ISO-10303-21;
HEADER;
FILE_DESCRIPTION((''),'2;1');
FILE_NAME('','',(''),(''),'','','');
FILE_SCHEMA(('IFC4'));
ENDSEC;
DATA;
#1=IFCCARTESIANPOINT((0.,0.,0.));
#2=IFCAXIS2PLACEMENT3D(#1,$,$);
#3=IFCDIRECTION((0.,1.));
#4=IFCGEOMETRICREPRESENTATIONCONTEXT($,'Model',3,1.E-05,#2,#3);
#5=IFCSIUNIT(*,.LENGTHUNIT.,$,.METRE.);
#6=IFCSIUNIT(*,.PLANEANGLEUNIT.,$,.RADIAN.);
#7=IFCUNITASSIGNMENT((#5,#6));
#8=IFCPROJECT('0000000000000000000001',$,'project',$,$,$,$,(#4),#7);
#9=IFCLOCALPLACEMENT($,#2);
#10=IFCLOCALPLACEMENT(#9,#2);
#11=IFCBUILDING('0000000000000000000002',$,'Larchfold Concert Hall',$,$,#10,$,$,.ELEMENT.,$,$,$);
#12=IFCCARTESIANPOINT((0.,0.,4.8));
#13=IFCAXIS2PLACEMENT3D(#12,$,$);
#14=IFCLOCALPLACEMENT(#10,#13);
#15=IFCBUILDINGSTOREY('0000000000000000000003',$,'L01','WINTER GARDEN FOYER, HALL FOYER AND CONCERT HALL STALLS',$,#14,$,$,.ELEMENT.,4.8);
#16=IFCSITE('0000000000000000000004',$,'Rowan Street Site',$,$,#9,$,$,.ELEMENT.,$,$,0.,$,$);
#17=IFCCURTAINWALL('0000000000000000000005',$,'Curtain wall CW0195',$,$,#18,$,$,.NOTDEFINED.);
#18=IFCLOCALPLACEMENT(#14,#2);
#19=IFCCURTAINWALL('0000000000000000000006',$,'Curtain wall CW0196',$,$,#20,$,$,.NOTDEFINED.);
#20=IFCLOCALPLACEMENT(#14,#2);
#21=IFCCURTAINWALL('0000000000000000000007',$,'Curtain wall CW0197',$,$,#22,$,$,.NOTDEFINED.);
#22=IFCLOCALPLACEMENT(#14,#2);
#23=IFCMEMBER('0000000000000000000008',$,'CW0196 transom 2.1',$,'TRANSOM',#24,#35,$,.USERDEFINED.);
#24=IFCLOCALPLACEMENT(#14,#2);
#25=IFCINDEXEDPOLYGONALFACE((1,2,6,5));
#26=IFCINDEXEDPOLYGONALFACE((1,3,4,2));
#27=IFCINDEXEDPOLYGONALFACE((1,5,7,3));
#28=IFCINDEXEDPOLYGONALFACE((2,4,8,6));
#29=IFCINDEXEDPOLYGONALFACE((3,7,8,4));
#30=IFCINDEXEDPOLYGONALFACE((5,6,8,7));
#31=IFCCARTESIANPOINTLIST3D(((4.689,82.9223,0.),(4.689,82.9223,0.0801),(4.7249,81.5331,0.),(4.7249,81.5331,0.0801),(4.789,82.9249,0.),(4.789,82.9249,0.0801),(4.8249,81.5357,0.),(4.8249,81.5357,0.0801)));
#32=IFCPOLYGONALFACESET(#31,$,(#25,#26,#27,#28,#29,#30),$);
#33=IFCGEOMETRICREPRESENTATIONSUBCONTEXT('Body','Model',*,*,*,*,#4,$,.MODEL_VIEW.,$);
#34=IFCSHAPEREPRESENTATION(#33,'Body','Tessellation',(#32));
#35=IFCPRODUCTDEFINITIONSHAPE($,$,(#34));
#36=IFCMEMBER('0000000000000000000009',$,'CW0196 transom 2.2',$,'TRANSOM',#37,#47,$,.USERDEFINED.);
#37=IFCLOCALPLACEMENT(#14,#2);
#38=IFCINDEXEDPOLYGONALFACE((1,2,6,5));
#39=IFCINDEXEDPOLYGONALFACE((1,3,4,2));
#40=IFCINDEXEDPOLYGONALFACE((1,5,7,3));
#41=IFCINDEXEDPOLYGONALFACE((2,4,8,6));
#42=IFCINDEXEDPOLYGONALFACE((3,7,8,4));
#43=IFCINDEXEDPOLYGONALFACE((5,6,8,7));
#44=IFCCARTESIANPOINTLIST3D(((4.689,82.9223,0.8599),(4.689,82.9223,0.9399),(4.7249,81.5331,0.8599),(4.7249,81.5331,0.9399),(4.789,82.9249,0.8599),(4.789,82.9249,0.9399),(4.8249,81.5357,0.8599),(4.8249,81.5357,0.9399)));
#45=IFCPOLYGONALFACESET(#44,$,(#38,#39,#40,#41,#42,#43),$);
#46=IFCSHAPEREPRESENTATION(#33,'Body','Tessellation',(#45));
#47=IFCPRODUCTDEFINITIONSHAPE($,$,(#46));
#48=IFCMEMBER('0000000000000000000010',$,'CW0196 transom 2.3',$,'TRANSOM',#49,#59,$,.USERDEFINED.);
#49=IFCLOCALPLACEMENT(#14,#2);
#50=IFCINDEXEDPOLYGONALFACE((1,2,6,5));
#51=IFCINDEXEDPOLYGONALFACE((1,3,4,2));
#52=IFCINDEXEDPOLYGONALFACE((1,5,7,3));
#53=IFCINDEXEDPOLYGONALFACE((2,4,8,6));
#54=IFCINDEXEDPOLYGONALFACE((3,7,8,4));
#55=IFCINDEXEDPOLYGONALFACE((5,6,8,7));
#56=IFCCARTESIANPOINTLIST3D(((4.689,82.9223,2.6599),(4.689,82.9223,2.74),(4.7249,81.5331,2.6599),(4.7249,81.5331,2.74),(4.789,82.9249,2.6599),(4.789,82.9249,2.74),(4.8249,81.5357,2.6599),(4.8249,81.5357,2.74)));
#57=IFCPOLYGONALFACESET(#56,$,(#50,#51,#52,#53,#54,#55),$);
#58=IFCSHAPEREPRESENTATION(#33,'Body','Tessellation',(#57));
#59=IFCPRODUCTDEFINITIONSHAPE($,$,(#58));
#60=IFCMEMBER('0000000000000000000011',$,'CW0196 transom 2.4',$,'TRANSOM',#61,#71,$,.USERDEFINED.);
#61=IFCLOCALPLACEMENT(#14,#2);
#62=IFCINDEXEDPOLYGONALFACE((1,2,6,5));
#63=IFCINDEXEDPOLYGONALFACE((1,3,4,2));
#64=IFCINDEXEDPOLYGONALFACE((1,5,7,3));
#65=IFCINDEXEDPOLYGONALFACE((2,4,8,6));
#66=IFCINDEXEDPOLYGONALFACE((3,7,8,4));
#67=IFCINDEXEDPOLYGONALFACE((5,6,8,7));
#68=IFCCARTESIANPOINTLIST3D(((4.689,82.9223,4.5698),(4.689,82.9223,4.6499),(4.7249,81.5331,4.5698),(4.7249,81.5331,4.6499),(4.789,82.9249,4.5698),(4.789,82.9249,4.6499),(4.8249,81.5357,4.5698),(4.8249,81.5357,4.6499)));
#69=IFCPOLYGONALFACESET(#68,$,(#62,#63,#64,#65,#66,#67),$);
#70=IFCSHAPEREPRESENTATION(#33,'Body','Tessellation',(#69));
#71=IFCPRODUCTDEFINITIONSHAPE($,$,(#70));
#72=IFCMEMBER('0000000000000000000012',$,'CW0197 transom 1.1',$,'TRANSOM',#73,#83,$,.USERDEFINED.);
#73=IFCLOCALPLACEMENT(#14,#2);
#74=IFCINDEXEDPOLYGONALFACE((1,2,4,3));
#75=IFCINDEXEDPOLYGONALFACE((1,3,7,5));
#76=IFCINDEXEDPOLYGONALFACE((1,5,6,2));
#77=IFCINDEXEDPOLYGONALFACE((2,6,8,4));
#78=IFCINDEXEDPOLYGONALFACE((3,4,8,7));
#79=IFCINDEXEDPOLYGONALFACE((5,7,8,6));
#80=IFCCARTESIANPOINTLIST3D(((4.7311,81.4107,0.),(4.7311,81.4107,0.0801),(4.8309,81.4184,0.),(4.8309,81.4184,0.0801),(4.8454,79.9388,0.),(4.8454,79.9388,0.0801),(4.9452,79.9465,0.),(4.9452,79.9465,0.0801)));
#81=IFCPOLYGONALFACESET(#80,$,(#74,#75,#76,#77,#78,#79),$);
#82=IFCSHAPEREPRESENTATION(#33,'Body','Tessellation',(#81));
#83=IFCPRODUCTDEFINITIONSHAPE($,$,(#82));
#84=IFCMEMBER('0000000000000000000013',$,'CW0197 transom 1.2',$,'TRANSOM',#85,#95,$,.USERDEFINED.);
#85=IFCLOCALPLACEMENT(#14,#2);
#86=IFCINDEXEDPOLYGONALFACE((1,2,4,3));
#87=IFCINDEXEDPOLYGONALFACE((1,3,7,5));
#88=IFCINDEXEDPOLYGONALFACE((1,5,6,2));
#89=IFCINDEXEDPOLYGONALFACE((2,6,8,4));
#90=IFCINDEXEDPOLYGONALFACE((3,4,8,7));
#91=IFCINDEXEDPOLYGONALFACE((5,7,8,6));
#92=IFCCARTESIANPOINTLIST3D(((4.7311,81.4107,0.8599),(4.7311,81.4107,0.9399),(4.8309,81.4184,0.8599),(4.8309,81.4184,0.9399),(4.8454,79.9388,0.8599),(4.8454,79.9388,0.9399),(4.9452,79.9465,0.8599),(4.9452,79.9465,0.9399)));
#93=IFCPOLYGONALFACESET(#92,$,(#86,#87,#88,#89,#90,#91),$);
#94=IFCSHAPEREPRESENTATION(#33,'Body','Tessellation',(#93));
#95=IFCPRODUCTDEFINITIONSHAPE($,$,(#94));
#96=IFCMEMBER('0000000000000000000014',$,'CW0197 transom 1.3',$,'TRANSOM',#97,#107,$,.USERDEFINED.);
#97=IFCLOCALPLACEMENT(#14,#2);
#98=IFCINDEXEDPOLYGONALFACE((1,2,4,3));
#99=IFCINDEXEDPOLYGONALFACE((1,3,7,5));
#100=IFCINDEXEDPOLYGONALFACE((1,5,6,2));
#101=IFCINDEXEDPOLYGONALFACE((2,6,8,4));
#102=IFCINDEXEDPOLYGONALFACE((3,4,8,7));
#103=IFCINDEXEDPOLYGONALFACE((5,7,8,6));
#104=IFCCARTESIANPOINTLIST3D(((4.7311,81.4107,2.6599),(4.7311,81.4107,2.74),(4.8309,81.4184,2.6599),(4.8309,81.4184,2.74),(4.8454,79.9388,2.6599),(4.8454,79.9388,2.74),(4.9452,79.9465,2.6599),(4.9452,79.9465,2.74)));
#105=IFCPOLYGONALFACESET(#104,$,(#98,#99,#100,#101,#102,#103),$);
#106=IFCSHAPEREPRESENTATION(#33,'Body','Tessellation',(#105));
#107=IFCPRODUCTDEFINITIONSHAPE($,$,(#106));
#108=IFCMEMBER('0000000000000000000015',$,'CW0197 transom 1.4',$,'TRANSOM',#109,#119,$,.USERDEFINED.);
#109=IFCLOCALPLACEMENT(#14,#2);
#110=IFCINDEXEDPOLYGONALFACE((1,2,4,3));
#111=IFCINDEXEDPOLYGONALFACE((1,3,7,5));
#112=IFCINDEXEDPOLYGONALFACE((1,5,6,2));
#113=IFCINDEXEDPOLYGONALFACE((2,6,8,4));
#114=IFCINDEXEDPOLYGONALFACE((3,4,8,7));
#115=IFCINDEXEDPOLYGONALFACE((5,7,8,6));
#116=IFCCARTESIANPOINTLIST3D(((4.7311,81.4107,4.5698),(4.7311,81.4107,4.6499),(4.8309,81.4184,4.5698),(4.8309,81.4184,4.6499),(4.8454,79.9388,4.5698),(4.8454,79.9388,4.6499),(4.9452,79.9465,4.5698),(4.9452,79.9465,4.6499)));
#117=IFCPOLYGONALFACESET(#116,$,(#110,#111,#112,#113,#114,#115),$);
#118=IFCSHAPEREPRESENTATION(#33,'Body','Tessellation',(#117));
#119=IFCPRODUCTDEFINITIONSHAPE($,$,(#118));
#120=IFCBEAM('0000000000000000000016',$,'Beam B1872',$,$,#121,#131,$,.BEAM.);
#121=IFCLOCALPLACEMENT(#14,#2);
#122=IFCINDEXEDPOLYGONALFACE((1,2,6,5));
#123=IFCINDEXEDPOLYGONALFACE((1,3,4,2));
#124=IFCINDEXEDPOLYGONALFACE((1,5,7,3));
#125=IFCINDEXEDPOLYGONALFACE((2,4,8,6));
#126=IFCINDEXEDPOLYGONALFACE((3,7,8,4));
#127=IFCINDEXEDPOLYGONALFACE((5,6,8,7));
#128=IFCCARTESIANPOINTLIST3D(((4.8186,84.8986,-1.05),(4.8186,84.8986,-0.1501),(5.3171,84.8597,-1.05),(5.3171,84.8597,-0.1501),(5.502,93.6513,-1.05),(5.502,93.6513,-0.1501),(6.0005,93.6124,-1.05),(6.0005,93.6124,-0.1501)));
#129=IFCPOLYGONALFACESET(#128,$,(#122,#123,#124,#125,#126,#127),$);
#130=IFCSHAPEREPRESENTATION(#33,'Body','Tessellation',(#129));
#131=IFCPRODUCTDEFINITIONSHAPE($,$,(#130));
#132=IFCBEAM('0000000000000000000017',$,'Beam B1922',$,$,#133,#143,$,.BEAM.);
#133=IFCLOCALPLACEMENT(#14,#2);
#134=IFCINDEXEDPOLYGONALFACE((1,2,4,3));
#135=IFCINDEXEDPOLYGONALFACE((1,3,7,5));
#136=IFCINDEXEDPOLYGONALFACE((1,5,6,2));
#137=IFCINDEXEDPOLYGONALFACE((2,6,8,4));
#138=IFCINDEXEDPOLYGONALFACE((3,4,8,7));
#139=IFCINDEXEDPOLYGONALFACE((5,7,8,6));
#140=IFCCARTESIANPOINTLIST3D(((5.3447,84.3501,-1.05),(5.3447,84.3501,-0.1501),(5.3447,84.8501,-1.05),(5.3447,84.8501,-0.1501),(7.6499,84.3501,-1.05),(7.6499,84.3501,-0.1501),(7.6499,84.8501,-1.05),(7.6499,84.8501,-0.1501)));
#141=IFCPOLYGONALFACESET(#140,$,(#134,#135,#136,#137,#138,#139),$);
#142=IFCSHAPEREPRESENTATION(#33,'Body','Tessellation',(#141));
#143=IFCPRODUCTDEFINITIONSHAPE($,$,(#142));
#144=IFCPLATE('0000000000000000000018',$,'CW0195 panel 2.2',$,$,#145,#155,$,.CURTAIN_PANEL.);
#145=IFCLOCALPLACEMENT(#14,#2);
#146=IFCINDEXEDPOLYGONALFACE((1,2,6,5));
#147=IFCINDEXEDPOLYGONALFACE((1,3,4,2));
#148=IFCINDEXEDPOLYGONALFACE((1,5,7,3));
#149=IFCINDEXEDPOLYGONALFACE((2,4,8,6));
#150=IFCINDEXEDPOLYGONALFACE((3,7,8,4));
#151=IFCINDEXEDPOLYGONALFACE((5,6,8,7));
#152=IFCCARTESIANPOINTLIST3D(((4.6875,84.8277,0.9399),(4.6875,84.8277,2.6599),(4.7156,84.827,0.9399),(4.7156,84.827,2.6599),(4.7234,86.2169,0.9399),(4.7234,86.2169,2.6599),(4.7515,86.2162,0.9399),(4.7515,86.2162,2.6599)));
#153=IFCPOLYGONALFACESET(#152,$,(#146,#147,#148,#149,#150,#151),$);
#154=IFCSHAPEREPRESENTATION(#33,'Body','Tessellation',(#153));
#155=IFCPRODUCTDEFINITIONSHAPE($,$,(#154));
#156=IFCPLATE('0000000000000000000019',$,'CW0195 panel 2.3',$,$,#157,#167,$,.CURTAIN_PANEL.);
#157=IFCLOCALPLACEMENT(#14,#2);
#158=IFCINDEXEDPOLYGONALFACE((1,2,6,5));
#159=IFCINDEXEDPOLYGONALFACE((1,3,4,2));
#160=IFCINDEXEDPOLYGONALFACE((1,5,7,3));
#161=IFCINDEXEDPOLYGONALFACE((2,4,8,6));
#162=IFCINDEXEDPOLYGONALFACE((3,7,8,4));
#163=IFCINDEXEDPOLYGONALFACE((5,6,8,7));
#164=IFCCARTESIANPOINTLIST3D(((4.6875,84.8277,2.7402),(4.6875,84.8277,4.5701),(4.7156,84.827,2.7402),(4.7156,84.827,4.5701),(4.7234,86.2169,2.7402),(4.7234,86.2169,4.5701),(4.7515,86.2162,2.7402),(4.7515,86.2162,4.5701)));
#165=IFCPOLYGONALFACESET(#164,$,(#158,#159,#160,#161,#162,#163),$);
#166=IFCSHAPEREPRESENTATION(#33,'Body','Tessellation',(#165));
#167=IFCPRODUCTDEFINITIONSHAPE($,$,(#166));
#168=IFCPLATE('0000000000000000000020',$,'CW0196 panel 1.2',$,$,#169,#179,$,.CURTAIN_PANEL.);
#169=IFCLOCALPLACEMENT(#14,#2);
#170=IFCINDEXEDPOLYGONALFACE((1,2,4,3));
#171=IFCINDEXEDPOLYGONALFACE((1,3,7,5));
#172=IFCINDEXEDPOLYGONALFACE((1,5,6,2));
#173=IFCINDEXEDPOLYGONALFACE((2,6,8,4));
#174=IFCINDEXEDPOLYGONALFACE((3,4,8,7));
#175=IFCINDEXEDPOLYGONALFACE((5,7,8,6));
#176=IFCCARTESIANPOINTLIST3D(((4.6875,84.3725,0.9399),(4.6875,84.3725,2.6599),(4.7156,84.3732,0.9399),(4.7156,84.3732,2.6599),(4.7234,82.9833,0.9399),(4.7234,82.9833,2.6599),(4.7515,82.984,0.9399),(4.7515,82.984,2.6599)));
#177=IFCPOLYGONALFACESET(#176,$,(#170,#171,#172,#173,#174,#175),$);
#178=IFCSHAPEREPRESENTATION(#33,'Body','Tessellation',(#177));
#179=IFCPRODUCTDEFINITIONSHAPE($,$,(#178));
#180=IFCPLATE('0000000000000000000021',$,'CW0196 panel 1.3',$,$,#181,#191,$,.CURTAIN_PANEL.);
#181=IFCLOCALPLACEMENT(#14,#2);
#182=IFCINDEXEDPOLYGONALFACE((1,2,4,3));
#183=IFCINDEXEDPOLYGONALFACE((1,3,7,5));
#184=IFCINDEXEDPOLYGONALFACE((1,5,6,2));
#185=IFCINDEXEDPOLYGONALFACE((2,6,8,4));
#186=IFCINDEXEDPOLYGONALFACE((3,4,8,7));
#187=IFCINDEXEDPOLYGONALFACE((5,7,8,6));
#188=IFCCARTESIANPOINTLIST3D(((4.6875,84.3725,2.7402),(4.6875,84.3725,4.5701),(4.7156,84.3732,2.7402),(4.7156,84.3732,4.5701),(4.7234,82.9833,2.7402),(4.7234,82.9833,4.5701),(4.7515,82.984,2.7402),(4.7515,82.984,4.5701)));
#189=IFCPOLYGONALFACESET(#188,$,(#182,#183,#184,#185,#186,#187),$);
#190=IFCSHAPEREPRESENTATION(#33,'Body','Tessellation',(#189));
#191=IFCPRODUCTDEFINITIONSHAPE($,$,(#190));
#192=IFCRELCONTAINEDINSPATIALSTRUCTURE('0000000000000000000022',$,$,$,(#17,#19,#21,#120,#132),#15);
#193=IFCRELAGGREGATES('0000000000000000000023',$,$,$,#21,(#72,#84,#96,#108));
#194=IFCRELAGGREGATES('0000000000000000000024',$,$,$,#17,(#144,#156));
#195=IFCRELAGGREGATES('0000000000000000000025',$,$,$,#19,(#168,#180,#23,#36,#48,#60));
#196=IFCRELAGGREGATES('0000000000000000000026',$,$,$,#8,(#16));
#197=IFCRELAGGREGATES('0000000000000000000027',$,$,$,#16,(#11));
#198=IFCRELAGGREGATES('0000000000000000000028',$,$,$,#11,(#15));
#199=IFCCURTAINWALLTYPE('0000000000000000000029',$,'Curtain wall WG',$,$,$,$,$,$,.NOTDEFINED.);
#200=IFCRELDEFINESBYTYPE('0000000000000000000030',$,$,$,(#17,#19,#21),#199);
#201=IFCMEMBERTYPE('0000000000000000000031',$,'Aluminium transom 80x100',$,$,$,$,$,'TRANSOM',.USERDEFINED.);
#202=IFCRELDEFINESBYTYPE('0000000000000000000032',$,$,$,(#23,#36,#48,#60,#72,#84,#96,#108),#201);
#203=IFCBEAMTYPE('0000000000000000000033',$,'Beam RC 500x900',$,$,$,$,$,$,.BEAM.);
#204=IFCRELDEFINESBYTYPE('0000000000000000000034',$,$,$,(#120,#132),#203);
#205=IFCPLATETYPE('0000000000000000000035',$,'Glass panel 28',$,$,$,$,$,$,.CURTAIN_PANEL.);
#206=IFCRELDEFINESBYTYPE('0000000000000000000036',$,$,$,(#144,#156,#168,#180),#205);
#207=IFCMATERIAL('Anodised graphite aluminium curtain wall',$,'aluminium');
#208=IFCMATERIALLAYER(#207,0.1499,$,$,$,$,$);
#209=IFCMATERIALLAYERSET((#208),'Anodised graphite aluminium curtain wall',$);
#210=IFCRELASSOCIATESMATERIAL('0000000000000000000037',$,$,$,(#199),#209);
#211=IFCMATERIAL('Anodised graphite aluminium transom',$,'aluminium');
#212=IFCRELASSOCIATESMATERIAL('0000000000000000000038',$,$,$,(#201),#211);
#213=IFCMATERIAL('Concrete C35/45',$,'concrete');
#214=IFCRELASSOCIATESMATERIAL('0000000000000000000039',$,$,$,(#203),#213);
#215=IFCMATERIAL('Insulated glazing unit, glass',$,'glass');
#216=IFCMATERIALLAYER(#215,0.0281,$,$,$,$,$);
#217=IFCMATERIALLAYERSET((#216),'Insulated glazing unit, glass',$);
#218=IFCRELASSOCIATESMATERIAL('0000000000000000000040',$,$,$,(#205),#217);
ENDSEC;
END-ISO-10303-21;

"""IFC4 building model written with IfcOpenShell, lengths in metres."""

from ifc_helpers import new_model, si_unit, direction, frame, origin, origin_2d, place, context, subcontext, project, spatial, rectangle, extrude, material, layer, layer_set, material_profile, profile_set, type_object, element, aggregate, save


model = new_model("IFC4")

# Units and contexts
model_context = context("Model", 3, precision=1e-05, world=origin(), true_north=direction((0.0, 1.0)))
body_context = subcontext(model_context, "Body", "Model", "MODEL_VIEW")
ifc_project = project(units=[si_unit("LENGTHUNIT", "METRE"), si_unit("PLANEANGLEUNIT", "RADIAN")], contexts=[model_context])

# Site, building, storey
site_placement = place(None, origin())
site = spatial("IfcSite", under=ifc_project, at=site_placement, Name="Rowan Street Site", CompositionType="ELEMENT", RefElevation=0.0)
building_placement = place(site_placement, origin())
building = spatial("IfcBuilding", under=site, at=building_placement, Name="Larchfold Concert Hall", CompositionType="ELEMENT")
storey_placement = place(building_placement, frame((0.0, 0.0, 4.8)))
storey = spatial("IfcBuildingStorey", under=building, at=storey_placement, Name="L01", Description="WINTER GARDEN FOYER, HALL FOYER AND CONCERT HALL STALLS", CompositionType="ELEMENT", Elevation=4.8)

# Curtain wall
ifc_material_1 = material(Name="Anodised graphite aluminium curtain wall", Category="aluminium")
ifc_layer_1 = layer(ifc_material_1, 0.1499)
ifc_layer_set_1 = layer_set([ifc_layer_1], Name="Anodised graphite aluminium curtain wall")
curtain_wall_type = type_object("IfcCurtainWallType", Name="Curtain wall WG", PredefinedType="NOTDEFINED", material=ifc_layer_set_1)
curtain_wall_1_placement = place(storey_placement, origin())
curtain_wall_1 = element("IfcCurtainWall", 1, at=curtain_wall_1_placement, inside=storey, type_object=curtain_wall_type, Name="Curtain wall CW0195", PredefinedType="NOTDEFINED")

# Curtain wall
curtain_wall_2_placement = place(storey_placement, origin())
curtain_wall_2 = element("IfcCurtainWall", 2, at=curtain_wall_2_placement, inside=storey, type_object=curtain_wall_type, Name="Curtain wall CW0196", PredefinedType="NOTDEFINED")

# Curtain wall
curtain_wall_3_placement = place(storey_placement, origin())
curtain_wall_3 = element("IfcCurtainWall", 3, at=curtain_wall_3_placement, inside=storey, type_object=curtain_wall_type, Name="Curtain wall CW0197", PredefinedType="NOTDEFINED")

# Members
ifc_material_2 = material(Name="Anodised graphite aluminium transom", Category="aluminium")
ifc_material_profile_1 = material_profile(ifc_material_2, rectangle(XDim=0.1001, YDim=0.0801, at=origin_2d()))
ifc_profile_set_1 = profile_set([ifc_material_profile_1], Name="Anodised graphite aluminium transom")
member_type_1 = type_object("IfcMemberType", Name="Aluminium transom 80x100", ElementType="TRANSOM", PredefinedType="USERDEFINED", material=ifc_profile_set_1)
member_1_placement = place(storey_placement, frame((4.739, 82.9236, 0.04), z_axis=(0.025826, -0.999666, 0.0), x_axis=(0.999666, 0.025826, 0.0)))
member_1 = element("IfcMember", 4, at=member_1_placement, type_object=member_type_1, Name="CW0196 transom 2.1", ObjectType="TRANSOM", PredefinedType="USERDEFINED", context=body_context, shape_type="SweptSolid", body=[
    extrude(rectangle(XDim=0.1001, YDim=0.0801, at=origin_2d()), origin(), (0.0, 0.0, 1.0), 1.3896),
])
member_2_placement = place(storey_placement, frame((4.739, 82.9236, 0.8999), z_axis=(0.025826, -0.999666, 0.0), x_axis=(0.999666, 0.025826, 0.0)))
member_2 = element("IfcMember", 5, at=member_2_placement, type_object=member_type_1, Name="CW0196 transom 2.2", ObjectType="TRANSOM", PredefinedType="USERDEFINED", context=body_context, shape_type="SweptSolid", body=[
    extrude(rectangle(XDim=0.1001, YDim=0.0801, at=origin_2d()), origin(), (0.0, 0.0, 1.0), 1.3896),
])
member_3_placement = place(storey_placement, frame((4.739, 82.9236, 2.7), z_axis=(0.025826, -0.999666, 0.0), x_axis=(0.999666, 0.025826, 0.0)))
member_3 = element("IfcMember", 6, at=member_3_placement, type_object=member_type_1, Name="CW0196 transom 2.3", ObjectType="TRANSOM", PredefinedType="USERDEFINED", context=body_context, shape_type="SweptSolid", body=[
    extrude(rectangle(XDim=0.1001, YDim=0.0801, at=origin_2d()), origin(), (0.0, 0.0, 1.0), 1.3896),
])
member_4_placement = place(storey_placement, frame((4.739, 82.9236, 4.6099), z_axis=(0.025826, -0.999666, 0.0), x_axis=(0.999666, 0.025826, 0.0)))
member_4 = element("IfcMember", 7, at=member_4_placement, type_object=member_type_1, Name="CW0196 transom 2.4", ObjectType="TRANSOM", PredefinedType="USERDEFINED", context=body_context, shape_type="SweptSolid", body=[
    extrude(rectangle(XDim=0.1001, YDim=0.0801, at=origin_2d()), origin(), (0.0, 0.0, 1.0), 1.3896),
])
member_5_placement = place(storey_placement, frame((4.781, 81.4146, 0.04), z_axis=(0.077392, -0.997001, 0.0), x_axis=(0.997001, 0.077392, 0.0)))
member_5 = element("IfcMember", 8, at=member_5_placement, type_object=member_type_1, Name="CW0197 transom 1.1", ObjectType="TRANSOM", PredefinedType="USERDEFINED", context=body_context, shape_type="SweptSolid", body=[
    extrude(rectangle(XDim=0.1001, YDim=0.0801, at=origin_2d()), origin(), (0.0, 0.0, 1.0), 1.4763),
])
member_6_placement = place(storey_placement, frame((4.781, 81.4146, 0.8999), z_axis=(0.077392, -0.997001, 0.0), x_axis=(0.997001, 0.077392, 0.0)))
member_6 = element("IfcMember", 9, at=member_6_placement, type_object=member_type_1, Name="CW0197 transom 1.2", ObjectType="TRANSOM", PredefinedType="USERDEFINED", context=body_context, shape_type="SweptSolid", body=[
    extrude(rectangle(XDim=0.1001, YDim=0.0801, at=origin_2d()), origin(), (0.0, 0.0, 1.0), 1.4763),
])
member_7_placement = place(storey_placement, frame((4.781, 81.4146, 2.7), z_axis=(0.077392, -0.997001, 0.0), x_axis=(0.997001, 0.077392, 0.0)))
member_7 = element("IfcMember", 10, at=member_7_placement, type_object=member_type_1, Name="CW0197 transom 1.3", ObjectType="TRANSOM", PredefinedType="USERDEFINED", context=body_context, shape_type="SweptSolid", body=[
    extrude(rectangle(XDim=0.1001, YDim=0.0801, at=origin_2d()), origin(), (0.0, 0.0, 1.0), 1.4763),
])
member_8_placement = place(storey_placement, frame((4.781, 81.4146, 4.6099), z_axis=(0.077392, -0.997001, 0.0), x_axis=(0.997001, 0.077392, 0.0)))
member_8 = element("IfcMember", 11, at=member_8_placement, type_object=member_type_1, Name="CW0197 transom 1.4", ObjectType="TRANSOM", PredefinedType="USERDEFINED", context=body_context, shape_type="SweptSolid", body=[
    extrude(rectangle(XDim=0.1001, YDim=0.0801, at=origin_2d()), origin(), (0.0, 0.0, 1.0), 1.4763),
])
aggregate(curtain_wall_3, [member_5, member_6, member_7, member_8])

# Beams
ifc_material_3 = material(Name="Concrete C35/45", Category="concrete")
ifc_material_profile_2 = material_profile(ifc_material_3, rectangle(XDim=0.5, YDim=0.8999, at=origin_2d()))
ifc_profile_set_2 = profile_set([ifc_material_profile_2], Name="Concrete C35/45")
beam_type = type_object("IfcBeamType", Name="Beam RC 500x900", PredefinedType="BEAM", material=ifc_profile_set_2)
beam_1_placement = place(storey_placement, frame((5.0679, 84.8792, -0.6001), z_axis=(0.077836, 0.996966, 0.0), x_axis=(-0.996966, 0.077836, 0.0)))
element("IfcBeam", 12, at=beam_1_placement, inside=storey, type_object=beam_type, Name="Beam B1872", PredefinedType="BEAM", context=body_context, shape_type="SweptSolid", body=[
    extrude(rectangle(XDim=0.5, YDim=0.8999, at=origin_2d()), origin(), (0.0, 0.0, 1.0), 8.7793),
])
beam_2_placement = place(storey_placement, frame((5.3447, 84.6001, -0.6001), z_axis=(1.0, 0.0, 0.0), x_axis=(0.0, 1.0, 0.0)))
element("IfcBeam", 13, at=beam_2_placement, inside=storey, type_object=beam_type, Name="Beam B1922", PredefinedType="BEAM", context=body_context, shape_type="SweptSolid", body=[
    extrude(rectangle(XDim=0.5, YDim=0.8999, at=origin_2d()), origin(), (0.0, 0.0, 1.0), 2.3052),
])

# Plates
ifc_material_4 = material(Name="Insulated glazing unit, glass", Category="glass")
ifc_layer_2 = layer(ifc_material_4, 0.0281)
ifc_layer_set_2 = layer_set([ifc_layer_2], Name="Insulated glazing unit, glass")
plate_type_1 = type_object("IfcPlateType", Name="Glass panel 28", PredefinedType="CURTAIN_PANEL", material=ifc_layer_set_2)
plate_1_placement = place(storey_placement, frame((4.7195, 85.522, 0.9399), z_axis=(0.0, 0.0, 1.0), x_axis=(-0.025821, -0.999667, 0.0)))
plate_1 = element("IfcPlate", 14, at=plate_1_placement, type_object=plate_type_1, Name="CW0195 panel 2.2", PredefinedType="CURTAIN_PANEL", context=body_context, shape_type="SweptSolid", body=[
    extrude(rectangle(XDim=1.3896, YDim=0.0281, at=origin_2d()), origin(), (0.0, 0.0, 1.0), 1.72),
])
plate_2_placement = place(storey_placement, frame((4.7195, 85.522, 2.7402), z_axis=(0.0, 0.0, 1.0), x_axis=(-0.025821, -0.999667, 0.0)))
plate_2 = element("IfcPlate", 15, at=plate_2_placement, type_object=plate_type_1, Name="CW0195 panel 2.3", PredefinedType="CURTAIN_PANEL", context=body_context, shape_type="SweptSolid", body=[
    extrude(rectangle(XDim=1.3896, YDim=0.0281, at=origin_2d()), origin(), (0.0, 0.0, 1.0), 1.8298),
])
plate_3_placement = place(storey_placement, frame((4.7195, 83.6782, 0.9399), z_axis=(0.0, 0.0, 1.0), x_axis=(0.025821, -0.999667, 0.0)))
plate_3 = element("IfcPlate", 16, at=plate_3_placement, type_object=plate_type_1, Name="CW0196 panel 1.2", PredefinedType="CURTAIN_PANEL", context=body_context, shape_type="SweptSolid", body=[
    extrude(rectangle(XDim=1.3896, YDim=0.0281, at=origin_2d()), origin(), (0.0, 0.0, 1.0), 1.72),
])
plate_4_placement = place(storey_placement, frame((4.7195, 83.6782, 2.7402), z_axis=(0.0, 0.0, 1.0), x_axis=(0.025821, -0.999667, 0.0)))
plate_4 = element("IfcPlate", 17, at=plate_4_placement, type_object=plate_type_1, Name="CW0196 panel 1.3", PredefinedType="CURTAIN_PANEL", context=body_context, shape_type="SweptSolid", body=[
    extrude(rectangle(XDim=1.3896, YDim=0.0281, at=origin_2d()), origin(), (0.0, 0.0, 1.0), 1.8298),
])
aggregate(curtain_wall_1, [plate_1, plate_2])
aggregate(curtain_wall_2, [plate_3, plate_4, member_1, member_2, member_3, member_4])

save(model, "model.ifc")
